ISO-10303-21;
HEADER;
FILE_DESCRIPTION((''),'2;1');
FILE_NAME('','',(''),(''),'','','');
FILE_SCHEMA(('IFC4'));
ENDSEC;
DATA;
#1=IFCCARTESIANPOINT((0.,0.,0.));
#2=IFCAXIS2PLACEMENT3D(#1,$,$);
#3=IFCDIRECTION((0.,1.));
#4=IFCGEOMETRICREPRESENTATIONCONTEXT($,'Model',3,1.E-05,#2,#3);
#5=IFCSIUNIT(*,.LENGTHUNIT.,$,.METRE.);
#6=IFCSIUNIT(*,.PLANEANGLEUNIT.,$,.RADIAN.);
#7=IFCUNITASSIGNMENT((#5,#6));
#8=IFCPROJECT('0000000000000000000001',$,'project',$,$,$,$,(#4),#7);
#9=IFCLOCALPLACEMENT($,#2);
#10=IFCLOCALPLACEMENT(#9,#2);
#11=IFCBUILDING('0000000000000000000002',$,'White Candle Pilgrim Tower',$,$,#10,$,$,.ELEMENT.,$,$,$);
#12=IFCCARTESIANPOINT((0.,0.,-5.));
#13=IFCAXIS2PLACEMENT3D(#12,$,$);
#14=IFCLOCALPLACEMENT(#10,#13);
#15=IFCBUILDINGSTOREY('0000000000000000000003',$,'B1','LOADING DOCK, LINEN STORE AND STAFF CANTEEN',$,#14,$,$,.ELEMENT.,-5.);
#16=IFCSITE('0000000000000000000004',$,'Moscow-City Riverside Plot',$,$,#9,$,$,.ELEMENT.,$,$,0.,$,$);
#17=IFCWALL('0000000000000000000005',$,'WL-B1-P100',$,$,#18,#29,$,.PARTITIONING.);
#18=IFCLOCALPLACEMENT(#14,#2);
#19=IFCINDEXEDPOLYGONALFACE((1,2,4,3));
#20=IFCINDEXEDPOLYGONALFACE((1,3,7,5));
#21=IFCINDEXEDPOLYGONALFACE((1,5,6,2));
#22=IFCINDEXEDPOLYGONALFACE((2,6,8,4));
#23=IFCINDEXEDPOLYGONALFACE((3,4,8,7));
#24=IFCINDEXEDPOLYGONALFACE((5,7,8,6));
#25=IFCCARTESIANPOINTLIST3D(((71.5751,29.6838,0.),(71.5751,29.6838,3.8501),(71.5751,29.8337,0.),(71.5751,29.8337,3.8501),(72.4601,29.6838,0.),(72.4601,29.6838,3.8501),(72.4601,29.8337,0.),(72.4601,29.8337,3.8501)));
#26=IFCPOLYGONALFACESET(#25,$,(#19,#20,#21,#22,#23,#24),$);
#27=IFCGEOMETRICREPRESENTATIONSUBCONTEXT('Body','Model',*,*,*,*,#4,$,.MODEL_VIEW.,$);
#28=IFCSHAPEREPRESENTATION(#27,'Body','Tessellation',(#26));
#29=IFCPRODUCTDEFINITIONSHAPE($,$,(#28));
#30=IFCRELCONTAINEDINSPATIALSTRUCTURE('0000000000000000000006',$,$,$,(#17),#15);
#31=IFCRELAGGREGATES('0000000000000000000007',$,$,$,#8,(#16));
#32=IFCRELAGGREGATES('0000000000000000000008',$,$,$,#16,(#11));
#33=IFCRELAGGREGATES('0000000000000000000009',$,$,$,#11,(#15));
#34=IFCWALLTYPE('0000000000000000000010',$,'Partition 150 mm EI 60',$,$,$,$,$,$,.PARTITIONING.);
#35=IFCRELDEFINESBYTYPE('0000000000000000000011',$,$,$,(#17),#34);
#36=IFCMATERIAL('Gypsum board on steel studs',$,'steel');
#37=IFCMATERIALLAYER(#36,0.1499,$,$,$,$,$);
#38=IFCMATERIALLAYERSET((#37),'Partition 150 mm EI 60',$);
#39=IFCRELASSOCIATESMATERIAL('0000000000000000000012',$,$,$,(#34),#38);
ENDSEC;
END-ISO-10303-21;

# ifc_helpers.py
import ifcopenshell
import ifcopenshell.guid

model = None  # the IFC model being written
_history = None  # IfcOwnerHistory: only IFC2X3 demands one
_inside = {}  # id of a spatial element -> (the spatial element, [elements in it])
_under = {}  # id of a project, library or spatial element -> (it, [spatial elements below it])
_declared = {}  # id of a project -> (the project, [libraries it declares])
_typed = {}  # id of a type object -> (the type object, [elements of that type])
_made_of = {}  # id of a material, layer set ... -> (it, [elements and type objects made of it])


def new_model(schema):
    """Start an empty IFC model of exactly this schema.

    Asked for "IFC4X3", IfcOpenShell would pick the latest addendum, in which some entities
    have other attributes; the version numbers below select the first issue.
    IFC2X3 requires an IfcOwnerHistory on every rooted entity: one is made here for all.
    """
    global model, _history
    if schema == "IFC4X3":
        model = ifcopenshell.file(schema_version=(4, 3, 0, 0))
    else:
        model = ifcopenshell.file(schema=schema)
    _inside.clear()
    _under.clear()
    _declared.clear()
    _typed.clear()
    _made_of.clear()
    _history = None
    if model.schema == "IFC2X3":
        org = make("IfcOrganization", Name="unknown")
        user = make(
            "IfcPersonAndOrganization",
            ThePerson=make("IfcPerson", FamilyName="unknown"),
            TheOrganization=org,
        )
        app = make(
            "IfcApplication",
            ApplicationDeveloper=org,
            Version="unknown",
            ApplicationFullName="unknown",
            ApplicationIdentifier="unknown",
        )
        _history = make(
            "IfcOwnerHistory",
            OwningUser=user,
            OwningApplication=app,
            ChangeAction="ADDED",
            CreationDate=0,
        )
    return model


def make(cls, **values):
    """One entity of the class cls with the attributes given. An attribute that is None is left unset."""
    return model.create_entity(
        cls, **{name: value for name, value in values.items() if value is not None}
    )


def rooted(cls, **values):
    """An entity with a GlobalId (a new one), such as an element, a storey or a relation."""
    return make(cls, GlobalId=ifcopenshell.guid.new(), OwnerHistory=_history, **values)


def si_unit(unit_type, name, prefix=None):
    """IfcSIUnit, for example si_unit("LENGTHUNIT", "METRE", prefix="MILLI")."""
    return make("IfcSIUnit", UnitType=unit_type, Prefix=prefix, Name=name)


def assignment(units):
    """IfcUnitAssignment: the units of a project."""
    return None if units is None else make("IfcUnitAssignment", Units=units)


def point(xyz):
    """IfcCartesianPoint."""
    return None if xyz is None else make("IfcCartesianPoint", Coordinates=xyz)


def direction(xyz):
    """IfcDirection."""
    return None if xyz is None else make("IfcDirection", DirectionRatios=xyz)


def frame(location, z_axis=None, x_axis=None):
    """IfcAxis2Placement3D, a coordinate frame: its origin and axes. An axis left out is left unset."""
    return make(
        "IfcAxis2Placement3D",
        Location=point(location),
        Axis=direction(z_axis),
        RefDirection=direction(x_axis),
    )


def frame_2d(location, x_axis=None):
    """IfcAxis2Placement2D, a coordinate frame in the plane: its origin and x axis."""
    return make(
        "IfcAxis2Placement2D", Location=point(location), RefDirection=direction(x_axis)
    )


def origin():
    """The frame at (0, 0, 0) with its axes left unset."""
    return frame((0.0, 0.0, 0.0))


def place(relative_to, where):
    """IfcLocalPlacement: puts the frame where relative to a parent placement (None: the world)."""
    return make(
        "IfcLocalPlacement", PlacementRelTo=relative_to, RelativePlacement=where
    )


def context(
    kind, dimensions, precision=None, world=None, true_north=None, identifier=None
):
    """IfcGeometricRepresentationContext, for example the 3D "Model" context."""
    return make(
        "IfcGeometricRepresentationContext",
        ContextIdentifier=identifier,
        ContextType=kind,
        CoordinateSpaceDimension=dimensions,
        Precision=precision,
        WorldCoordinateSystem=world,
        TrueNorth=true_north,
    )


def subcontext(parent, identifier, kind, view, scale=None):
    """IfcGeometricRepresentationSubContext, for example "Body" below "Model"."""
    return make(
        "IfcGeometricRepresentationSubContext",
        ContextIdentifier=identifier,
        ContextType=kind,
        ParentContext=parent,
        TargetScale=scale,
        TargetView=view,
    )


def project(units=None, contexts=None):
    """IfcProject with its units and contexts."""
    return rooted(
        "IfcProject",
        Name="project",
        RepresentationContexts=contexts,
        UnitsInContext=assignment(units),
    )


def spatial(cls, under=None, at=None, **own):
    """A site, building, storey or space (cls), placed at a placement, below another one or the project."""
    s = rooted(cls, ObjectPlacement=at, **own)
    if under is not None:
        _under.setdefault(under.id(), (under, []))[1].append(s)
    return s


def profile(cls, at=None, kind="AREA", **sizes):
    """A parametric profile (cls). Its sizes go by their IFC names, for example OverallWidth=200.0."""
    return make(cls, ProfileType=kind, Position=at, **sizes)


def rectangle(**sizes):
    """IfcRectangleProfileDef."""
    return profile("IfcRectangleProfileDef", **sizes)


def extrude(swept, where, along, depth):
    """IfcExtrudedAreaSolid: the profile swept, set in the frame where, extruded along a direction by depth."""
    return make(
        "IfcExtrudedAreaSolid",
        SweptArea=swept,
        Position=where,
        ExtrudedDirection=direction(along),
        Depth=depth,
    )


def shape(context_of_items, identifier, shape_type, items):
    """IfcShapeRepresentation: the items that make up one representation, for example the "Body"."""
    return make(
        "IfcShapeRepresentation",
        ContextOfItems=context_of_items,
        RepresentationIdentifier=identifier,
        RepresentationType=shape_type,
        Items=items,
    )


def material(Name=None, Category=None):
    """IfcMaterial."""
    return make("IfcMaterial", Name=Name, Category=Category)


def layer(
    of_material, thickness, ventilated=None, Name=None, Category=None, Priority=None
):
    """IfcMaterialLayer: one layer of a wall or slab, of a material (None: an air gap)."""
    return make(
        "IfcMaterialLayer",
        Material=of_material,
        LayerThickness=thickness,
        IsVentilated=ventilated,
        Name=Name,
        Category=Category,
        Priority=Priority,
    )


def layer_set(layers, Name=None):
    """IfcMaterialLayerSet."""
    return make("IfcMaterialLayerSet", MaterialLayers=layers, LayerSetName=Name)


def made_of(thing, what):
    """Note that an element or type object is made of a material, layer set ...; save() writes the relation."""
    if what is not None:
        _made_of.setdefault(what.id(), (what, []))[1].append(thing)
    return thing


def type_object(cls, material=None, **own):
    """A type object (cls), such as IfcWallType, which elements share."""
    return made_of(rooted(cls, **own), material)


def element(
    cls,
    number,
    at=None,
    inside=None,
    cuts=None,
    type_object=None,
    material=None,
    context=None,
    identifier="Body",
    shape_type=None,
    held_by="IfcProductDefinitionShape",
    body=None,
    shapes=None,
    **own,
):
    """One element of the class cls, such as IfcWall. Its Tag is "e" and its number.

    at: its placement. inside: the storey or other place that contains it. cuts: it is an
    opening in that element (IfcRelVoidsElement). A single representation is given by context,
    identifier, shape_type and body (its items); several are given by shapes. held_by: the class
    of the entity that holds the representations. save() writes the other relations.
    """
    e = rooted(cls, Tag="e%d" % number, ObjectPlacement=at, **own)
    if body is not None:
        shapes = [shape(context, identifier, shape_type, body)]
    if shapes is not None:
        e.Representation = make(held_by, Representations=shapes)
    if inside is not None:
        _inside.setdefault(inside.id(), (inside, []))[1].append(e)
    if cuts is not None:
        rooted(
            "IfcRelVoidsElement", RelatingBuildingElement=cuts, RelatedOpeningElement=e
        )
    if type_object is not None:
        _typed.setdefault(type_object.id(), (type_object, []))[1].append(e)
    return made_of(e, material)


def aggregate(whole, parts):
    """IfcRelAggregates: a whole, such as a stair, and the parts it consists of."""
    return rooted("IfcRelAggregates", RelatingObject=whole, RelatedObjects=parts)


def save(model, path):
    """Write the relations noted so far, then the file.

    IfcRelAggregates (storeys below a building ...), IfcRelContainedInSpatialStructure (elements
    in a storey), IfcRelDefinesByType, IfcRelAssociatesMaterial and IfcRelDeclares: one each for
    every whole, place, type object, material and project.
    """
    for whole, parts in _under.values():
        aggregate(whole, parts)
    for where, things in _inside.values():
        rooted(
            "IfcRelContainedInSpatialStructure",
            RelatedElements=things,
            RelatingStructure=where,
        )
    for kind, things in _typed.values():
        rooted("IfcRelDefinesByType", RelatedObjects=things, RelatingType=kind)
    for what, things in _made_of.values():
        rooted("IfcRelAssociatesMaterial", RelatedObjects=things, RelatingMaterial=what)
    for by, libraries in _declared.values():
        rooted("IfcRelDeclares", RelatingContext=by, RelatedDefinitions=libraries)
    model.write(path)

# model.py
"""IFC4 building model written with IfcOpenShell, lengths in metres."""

from ifc_helpers import new_model, si_unit, direction, frame, frame_2d, origin, place, context, subcontext, project, spatial, rectangle, extrude, material, layer, layer_set, type_object, element, save


model = new_model("IFC4")

# Units and contexts
model_context = context("Model", 3, precision=1e-05, world=origin(), true_north=direction((0.0, 1.0)))
body_context = subcontext(model_context, "Body", "Model", "MODEL_VIEW")
ifc_project = project(units=[si_unit("LENGTHUNIT", "METRE"), si_unit("PLANEANGLEUNIT", "RADIAN")], contexts=[model_context])

# Site, building, storey
site_placement = place(None, origin())
site = spatial("IfcSite", under=ifc_project, at=site_placement, Name="Moscow-City Riverside Plot", CompositionType="ELEMENT", RefElevation=0.0)
building_placement = place(site_placement, origin())
building = spatial("IfcBuilding", under=site, at=building_placement, Name="White Candle Pilgrim Tower", CompositionType="ELEMENT")
storey_placement = place(building_placement, frame((0.0, 0.0, -5.0)))
storey = spatial("IfcBuildingStorey", under=building, at=storey_placement, Name="B1", Description="LOADING DOCK, LINEN STORE AND STAFF CANTEEN", CompositionType="ELEMENT", Elevation=-5.0)

# Shared definitions
ifc_material_1 = material(Name="Gypsum board on steel studs", Category="steel")

# Wall
ifc_layer_1 = layer(ifc_material_1, 0.1499)
ifc_layer_set_1 = layer_set([ifc_layer_1], Name="Partition 150 mm EI 60")
wall_type_1 = type_object("IfcWallType", Name="Partition 150 mm EI 60", PredefinedType="PARTITIONING", material=ifc_layer_set_1)
wall_1_placement = place(storey_placement, frame((72.46, 29.7588, 0.0), z_axis=(0.0, 0.0, 1.0), x_axis=(-1.0, 0.0, 0.0)))
element("IfcWall", 1, at=wall_1_placement, inside=storey, type_object=wall_type_1, Name="WL-B1-P100", PredefinedType="PARTITIONING", context=body_context, shape_type="SweptSolid", body=[
    extrude(rectangle(XDim=0.885, YDim=0.1499, at=frame_2d((0.4424, 0.0))), origin(), (0.0, 0.0, 1.0), 3.8501),
])

save(model, "model.ifc")
